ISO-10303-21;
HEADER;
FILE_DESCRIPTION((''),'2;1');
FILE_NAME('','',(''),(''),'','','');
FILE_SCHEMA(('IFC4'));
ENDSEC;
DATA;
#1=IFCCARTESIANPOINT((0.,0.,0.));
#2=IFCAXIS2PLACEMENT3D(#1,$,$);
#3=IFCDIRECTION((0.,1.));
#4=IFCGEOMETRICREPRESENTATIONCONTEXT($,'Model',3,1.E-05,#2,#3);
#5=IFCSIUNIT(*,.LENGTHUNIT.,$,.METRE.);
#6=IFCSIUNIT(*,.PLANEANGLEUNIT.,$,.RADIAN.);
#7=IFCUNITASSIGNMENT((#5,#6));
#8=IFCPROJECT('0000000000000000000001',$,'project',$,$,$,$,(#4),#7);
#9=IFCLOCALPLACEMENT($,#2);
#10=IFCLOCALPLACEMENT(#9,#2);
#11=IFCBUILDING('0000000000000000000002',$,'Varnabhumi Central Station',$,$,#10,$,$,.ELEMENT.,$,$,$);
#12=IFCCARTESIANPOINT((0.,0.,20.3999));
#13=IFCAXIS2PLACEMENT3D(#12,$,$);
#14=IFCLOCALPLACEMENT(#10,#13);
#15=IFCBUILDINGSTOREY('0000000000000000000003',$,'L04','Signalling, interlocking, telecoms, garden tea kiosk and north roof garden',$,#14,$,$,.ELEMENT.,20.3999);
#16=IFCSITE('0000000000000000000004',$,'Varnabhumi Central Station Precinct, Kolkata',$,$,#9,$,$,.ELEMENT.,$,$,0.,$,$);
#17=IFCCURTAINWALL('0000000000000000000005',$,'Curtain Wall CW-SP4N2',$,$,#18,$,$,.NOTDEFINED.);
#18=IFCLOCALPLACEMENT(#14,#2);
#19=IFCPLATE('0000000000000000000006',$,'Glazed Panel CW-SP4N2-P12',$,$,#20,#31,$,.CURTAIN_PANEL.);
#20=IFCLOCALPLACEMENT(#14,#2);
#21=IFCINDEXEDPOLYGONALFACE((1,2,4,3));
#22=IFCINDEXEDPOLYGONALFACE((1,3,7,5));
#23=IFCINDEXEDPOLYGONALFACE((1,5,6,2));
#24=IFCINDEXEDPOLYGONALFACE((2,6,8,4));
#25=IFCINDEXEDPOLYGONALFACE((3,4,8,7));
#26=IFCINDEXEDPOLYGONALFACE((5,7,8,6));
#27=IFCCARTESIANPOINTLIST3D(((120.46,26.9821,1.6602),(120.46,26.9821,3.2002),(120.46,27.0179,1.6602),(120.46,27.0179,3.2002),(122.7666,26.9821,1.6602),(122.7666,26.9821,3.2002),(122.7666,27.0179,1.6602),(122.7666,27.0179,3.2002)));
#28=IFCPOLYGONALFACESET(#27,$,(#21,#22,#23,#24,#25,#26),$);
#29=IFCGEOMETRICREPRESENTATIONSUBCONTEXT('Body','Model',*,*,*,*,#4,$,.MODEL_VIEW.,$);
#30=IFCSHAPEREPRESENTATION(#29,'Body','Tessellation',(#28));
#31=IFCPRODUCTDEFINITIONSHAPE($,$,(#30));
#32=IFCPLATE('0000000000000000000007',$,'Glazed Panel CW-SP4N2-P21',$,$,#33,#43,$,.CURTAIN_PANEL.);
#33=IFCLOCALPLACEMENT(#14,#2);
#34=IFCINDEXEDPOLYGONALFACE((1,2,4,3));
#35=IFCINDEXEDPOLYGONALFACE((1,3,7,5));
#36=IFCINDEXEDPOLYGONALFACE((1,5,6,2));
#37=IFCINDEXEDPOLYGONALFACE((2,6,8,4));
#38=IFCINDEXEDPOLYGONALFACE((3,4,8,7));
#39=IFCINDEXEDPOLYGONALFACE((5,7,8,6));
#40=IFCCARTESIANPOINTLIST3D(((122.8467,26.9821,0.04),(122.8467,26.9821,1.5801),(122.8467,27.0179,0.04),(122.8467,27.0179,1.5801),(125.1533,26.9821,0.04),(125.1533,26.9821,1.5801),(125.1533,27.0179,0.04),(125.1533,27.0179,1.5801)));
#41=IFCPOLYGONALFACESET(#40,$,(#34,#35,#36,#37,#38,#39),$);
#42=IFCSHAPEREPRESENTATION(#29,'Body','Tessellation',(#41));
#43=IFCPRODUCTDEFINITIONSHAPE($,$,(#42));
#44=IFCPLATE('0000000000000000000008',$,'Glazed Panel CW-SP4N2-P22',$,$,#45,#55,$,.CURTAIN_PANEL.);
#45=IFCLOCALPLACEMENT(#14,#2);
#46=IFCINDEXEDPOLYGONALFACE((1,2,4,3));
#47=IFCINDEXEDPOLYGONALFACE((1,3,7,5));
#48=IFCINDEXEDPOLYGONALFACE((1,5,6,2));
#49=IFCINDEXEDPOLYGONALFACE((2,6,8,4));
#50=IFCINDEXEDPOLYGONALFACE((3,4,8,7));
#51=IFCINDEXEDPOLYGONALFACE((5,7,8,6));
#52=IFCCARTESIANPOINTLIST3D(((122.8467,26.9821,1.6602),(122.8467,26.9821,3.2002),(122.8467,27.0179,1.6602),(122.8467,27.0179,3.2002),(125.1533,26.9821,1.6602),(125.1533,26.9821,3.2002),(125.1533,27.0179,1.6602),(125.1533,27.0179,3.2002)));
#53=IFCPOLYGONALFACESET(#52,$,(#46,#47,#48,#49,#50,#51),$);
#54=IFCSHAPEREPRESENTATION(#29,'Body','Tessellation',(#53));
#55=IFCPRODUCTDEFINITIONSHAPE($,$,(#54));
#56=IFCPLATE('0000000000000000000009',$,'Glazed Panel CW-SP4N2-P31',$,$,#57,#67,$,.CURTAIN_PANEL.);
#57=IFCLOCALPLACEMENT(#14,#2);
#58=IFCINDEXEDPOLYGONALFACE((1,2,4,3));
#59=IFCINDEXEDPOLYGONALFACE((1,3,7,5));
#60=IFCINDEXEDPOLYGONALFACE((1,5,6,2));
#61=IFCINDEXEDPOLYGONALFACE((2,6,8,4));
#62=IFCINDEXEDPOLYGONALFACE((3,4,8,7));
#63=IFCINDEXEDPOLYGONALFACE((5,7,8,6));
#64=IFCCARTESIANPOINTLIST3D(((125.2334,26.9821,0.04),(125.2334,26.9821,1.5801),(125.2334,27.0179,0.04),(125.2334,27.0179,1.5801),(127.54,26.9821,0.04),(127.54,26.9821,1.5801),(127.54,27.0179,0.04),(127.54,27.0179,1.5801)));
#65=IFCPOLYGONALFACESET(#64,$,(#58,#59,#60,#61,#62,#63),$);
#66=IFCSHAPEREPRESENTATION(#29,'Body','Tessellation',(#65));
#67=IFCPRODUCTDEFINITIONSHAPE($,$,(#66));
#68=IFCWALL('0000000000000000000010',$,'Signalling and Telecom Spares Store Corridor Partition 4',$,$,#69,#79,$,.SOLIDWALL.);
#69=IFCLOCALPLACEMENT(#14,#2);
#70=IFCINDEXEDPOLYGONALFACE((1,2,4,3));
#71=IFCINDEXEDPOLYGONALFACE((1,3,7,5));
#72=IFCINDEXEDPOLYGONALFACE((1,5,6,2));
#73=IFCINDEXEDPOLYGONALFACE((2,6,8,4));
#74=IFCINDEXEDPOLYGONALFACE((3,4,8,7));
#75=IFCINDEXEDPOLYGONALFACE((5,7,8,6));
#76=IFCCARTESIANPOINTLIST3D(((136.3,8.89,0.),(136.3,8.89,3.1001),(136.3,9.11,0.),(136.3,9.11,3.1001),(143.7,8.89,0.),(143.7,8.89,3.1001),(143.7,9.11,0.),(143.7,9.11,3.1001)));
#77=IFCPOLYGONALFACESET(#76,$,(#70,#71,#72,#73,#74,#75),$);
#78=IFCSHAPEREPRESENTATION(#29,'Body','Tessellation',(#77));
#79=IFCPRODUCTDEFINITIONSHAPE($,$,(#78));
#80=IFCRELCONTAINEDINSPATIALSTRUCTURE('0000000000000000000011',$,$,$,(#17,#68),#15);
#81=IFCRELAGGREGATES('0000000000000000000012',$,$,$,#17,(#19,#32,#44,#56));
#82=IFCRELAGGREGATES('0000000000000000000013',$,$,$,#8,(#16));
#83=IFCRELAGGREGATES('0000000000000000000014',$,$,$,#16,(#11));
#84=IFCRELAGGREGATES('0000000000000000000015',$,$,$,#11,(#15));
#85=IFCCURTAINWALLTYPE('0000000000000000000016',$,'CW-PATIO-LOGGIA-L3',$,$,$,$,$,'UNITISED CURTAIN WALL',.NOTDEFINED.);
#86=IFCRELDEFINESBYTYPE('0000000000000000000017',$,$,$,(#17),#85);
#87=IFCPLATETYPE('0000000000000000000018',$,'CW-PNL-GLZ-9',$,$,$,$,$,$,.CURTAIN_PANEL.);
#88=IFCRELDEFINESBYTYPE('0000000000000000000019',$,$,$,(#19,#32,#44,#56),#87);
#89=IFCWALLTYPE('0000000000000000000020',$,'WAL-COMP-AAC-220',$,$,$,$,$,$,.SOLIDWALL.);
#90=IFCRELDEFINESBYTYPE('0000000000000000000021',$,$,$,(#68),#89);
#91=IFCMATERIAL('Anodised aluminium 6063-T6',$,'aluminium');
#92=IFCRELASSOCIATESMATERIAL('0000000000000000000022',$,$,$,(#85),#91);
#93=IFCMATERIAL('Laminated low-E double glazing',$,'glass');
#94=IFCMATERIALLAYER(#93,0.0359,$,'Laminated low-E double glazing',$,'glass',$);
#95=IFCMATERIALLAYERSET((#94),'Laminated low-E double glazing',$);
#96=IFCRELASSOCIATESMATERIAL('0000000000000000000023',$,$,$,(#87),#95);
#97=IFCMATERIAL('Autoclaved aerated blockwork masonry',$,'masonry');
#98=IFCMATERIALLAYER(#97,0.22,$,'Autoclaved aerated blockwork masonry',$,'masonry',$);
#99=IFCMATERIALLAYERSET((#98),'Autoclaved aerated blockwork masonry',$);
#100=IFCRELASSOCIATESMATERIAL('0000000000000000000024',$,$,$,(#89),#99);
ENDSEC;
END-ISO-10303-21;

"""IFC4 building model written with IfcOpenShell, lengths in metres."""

from ifc_helpers import new_model, si_unit, direction, frame, frame_2d, origin, origin_2d, place, context, subcontext, project, spatial, rectangle, extrude, material, layer, layer_set, type_object, element, aggregate, save


model = new_model("IFC4")

# Units and contexts
model_context = context("Model", 3, precision=1e-05, world=origin(), true_north=direction((0.0, 1.0)))
body_context = subcontext(model_context, "Body", "Model", "MODEL_VIEW")
ifc_project = project(units=[si_unit("LENGTHUNIT", "METRE"), si_unit("PLANEANGLEUNIT", "RADIAN")], contexts=[model_context])

# Site, building, storey
site_placement = place(None, origin())
site = spatial("IfcSite", under=ifc_project, at=site_placement, Name="Varnabhumi Central Station Precinct, Kolkata", CompositionType="ELEMENT", RefElevation=0.0)
building_placement = place(site_placement, origin())
building = spatial("IfcBuilding", under=site, at=building_placement, Name="Varnabhumi Central Station", CompositionType="ELEMENT")
storey_placement = place(building_placement, frame((0.0, 0.0, 20.3999)))
storey = spatial("IfcBuildingStorey", under=building, at=storey_placement, Name="L04", Description="Signalling, interlocking, telecoms, garden tea kiosk and north roof garden", CompositionType="ELEMENT", Elevation=20.3999)

# Shared definitions
ifc_material_1 = material(Name="Anodised aluminium 6063-T6", Category="aluminium")
curtain_wall_type = type_object("IfcCurtainWallType", Name="CW-PATIO-LOGGIA-L3", ElementType="UNITISED CURTAIN WALL", PredefinedType="NOTDEFINED", material=ifc_material_1)

# Curtain wall
curtain_wall_1_placement = place(storey_placement, origin())
curtain_wall_1 = element("IfcCurtainWall", 1, at=curtain_wall_1_placement, inside=storey, type_object=curtain_wall_type, Name="Curtain Wall CW-SP4N2", PredefinedType="NOTDEFINED")

# Plates
ifc_material_2 = material(Name="Laminated low-E double glazing", Category="glass")
ifc_layer_1 = layer(ifc_material_2, 0.0359, Name="Laminated low-E double glazing", Category="glass")
ifc_layer_set_1 = layer_set([ifc_layer_1], Name="Laminated low-E double glazing")
plate_type_1 = type_object("IfcPlateType", Name="CW-PNL-GLZ-9", PredefinedType="CURTAIN_PANEL", material=ifc_layer_set_1)
plate_1_placement = place(storey_placement, frame((121.6133, 27.0, 1.6602), z_axis=(0.0, 0.0, 1.0), x_axis=(1.0, 0.0, 0.0)))
plate_1 = element("IfcPlate", 2, at=plate_1_placement, type_object=plate_type_1, Name="Glazed Panel CW-SP4N2-P12", PredefinedType="CURTAIN_PANEL", context=body_context, shape_type="SweptSolid", body=[
    extrude(rectangle(XDim=2.3066, YDim=0.0359, at=origin_2d()), origin(), (0.0, 0.0, 1.0), 1.54),
])
plate_2_placement = place(storey_placement, frame((124.0, 27.0, 0.04), z_axis=(0.0, 0.0, 1.0), x_axis=(1.0, 0.0, 0.0)))
plate_2 = element("IfcPlate", 3, at=plate_2_placement, type_object=plate_type_1, Name="Glazed Panel CW-SP4N2-P21", PredefinedType="CURTAIN_PANEL", context=body_context, shape_type="SweptSolid", body=[
    extrude(rectangle(XDim=2.3066, YDim=0.0359, at=origin_2d()), origin(), (0.0, 0.0, 1.0), 1.54),
])
plate_3_placement = place(storey_placement, frame((124.0, 27.0, 1.6602), z_axis=(0.0, 0.0, 1.0), x_axis=(1.0, 0.0, 0.0)))
plate_3 = element("IfcPlate", 4, at=plate_3_placement, type_object=plate_type_1, Name="Glazed Panel CW-SP4N2-P22", PredefinedType="CURTAIN_PANEL", context=body_context, shape_type="SweptSolid", body=[
    extrude(rectangle(XDim=2.3066, YDim=0.0359, at=origin_2d()), origin(), (0.0, 0.0, 1.0), 1.54),
])
plate_4_placement = place(storey_placement, frame((126.3867, 27.0, 0.04), z_axis=(0.0, 0.0, 1.0), x_axis=(1.0, 0.0, 0.0)))
plate_4 = element("IfcPlate", 5, at=plate_4_placement, type_object=plate_type_1, Name="Glazed Panel CW-SP4N2-P31", PredefinedType="CURTAIN_PANEL", context=body_context, shape_type="SweptSolid", body=[
    extrude(rectangle(XDim=2.3066, YDim=0.0359, at=origin_2d()), origin(), (0.0, 0.0, 1.0), 1.54),
])
aggregate(curtain_wall_1, [plate_1, plate_2, plate_3, plate_4])

# Wall
ifc_material_3 = material(Name="Autoclaved aerated blockwork masonry", Category="masonry")
ifc_layer_2 = layer(ifc_material_3, 0.22, Name="Autoclaved aerated blockwork masonry", Category="masonry")
ifc_layer_set_2 = layer_set([ifc_layer_2], Name="Autoclaved aerated blockwork masonry")
wall_type = type_object("IfcWallType", Name="WAL-COMP-AAC-220", PredefinedType="SOLIDWALL", material=ifc_layer_set_2)
wall_placement = place(storey_placement, frame((136.3, 9.0, 0.0), z_axis=(0.0, 0.0, 1.0), x_axis=(1.0, 0.0, 0.0)))
element("IfcWall", 6, at=wall_placement, inside=storey, type_object=wall_type, Name="Signalling and Telecom Spares Store Corridor Partition 4", PredefinedType="SOLIDWALL", context=body_context, shape_type="SweptSolid", body=[
    extrude(rectangle(XDim=7.3999, YDim=0.22, at=frame_2d((3.7, 0.0))), origin(), (0.0, 0.0, 1.0), 3.1001),
])

save(model, "model.ifc")
